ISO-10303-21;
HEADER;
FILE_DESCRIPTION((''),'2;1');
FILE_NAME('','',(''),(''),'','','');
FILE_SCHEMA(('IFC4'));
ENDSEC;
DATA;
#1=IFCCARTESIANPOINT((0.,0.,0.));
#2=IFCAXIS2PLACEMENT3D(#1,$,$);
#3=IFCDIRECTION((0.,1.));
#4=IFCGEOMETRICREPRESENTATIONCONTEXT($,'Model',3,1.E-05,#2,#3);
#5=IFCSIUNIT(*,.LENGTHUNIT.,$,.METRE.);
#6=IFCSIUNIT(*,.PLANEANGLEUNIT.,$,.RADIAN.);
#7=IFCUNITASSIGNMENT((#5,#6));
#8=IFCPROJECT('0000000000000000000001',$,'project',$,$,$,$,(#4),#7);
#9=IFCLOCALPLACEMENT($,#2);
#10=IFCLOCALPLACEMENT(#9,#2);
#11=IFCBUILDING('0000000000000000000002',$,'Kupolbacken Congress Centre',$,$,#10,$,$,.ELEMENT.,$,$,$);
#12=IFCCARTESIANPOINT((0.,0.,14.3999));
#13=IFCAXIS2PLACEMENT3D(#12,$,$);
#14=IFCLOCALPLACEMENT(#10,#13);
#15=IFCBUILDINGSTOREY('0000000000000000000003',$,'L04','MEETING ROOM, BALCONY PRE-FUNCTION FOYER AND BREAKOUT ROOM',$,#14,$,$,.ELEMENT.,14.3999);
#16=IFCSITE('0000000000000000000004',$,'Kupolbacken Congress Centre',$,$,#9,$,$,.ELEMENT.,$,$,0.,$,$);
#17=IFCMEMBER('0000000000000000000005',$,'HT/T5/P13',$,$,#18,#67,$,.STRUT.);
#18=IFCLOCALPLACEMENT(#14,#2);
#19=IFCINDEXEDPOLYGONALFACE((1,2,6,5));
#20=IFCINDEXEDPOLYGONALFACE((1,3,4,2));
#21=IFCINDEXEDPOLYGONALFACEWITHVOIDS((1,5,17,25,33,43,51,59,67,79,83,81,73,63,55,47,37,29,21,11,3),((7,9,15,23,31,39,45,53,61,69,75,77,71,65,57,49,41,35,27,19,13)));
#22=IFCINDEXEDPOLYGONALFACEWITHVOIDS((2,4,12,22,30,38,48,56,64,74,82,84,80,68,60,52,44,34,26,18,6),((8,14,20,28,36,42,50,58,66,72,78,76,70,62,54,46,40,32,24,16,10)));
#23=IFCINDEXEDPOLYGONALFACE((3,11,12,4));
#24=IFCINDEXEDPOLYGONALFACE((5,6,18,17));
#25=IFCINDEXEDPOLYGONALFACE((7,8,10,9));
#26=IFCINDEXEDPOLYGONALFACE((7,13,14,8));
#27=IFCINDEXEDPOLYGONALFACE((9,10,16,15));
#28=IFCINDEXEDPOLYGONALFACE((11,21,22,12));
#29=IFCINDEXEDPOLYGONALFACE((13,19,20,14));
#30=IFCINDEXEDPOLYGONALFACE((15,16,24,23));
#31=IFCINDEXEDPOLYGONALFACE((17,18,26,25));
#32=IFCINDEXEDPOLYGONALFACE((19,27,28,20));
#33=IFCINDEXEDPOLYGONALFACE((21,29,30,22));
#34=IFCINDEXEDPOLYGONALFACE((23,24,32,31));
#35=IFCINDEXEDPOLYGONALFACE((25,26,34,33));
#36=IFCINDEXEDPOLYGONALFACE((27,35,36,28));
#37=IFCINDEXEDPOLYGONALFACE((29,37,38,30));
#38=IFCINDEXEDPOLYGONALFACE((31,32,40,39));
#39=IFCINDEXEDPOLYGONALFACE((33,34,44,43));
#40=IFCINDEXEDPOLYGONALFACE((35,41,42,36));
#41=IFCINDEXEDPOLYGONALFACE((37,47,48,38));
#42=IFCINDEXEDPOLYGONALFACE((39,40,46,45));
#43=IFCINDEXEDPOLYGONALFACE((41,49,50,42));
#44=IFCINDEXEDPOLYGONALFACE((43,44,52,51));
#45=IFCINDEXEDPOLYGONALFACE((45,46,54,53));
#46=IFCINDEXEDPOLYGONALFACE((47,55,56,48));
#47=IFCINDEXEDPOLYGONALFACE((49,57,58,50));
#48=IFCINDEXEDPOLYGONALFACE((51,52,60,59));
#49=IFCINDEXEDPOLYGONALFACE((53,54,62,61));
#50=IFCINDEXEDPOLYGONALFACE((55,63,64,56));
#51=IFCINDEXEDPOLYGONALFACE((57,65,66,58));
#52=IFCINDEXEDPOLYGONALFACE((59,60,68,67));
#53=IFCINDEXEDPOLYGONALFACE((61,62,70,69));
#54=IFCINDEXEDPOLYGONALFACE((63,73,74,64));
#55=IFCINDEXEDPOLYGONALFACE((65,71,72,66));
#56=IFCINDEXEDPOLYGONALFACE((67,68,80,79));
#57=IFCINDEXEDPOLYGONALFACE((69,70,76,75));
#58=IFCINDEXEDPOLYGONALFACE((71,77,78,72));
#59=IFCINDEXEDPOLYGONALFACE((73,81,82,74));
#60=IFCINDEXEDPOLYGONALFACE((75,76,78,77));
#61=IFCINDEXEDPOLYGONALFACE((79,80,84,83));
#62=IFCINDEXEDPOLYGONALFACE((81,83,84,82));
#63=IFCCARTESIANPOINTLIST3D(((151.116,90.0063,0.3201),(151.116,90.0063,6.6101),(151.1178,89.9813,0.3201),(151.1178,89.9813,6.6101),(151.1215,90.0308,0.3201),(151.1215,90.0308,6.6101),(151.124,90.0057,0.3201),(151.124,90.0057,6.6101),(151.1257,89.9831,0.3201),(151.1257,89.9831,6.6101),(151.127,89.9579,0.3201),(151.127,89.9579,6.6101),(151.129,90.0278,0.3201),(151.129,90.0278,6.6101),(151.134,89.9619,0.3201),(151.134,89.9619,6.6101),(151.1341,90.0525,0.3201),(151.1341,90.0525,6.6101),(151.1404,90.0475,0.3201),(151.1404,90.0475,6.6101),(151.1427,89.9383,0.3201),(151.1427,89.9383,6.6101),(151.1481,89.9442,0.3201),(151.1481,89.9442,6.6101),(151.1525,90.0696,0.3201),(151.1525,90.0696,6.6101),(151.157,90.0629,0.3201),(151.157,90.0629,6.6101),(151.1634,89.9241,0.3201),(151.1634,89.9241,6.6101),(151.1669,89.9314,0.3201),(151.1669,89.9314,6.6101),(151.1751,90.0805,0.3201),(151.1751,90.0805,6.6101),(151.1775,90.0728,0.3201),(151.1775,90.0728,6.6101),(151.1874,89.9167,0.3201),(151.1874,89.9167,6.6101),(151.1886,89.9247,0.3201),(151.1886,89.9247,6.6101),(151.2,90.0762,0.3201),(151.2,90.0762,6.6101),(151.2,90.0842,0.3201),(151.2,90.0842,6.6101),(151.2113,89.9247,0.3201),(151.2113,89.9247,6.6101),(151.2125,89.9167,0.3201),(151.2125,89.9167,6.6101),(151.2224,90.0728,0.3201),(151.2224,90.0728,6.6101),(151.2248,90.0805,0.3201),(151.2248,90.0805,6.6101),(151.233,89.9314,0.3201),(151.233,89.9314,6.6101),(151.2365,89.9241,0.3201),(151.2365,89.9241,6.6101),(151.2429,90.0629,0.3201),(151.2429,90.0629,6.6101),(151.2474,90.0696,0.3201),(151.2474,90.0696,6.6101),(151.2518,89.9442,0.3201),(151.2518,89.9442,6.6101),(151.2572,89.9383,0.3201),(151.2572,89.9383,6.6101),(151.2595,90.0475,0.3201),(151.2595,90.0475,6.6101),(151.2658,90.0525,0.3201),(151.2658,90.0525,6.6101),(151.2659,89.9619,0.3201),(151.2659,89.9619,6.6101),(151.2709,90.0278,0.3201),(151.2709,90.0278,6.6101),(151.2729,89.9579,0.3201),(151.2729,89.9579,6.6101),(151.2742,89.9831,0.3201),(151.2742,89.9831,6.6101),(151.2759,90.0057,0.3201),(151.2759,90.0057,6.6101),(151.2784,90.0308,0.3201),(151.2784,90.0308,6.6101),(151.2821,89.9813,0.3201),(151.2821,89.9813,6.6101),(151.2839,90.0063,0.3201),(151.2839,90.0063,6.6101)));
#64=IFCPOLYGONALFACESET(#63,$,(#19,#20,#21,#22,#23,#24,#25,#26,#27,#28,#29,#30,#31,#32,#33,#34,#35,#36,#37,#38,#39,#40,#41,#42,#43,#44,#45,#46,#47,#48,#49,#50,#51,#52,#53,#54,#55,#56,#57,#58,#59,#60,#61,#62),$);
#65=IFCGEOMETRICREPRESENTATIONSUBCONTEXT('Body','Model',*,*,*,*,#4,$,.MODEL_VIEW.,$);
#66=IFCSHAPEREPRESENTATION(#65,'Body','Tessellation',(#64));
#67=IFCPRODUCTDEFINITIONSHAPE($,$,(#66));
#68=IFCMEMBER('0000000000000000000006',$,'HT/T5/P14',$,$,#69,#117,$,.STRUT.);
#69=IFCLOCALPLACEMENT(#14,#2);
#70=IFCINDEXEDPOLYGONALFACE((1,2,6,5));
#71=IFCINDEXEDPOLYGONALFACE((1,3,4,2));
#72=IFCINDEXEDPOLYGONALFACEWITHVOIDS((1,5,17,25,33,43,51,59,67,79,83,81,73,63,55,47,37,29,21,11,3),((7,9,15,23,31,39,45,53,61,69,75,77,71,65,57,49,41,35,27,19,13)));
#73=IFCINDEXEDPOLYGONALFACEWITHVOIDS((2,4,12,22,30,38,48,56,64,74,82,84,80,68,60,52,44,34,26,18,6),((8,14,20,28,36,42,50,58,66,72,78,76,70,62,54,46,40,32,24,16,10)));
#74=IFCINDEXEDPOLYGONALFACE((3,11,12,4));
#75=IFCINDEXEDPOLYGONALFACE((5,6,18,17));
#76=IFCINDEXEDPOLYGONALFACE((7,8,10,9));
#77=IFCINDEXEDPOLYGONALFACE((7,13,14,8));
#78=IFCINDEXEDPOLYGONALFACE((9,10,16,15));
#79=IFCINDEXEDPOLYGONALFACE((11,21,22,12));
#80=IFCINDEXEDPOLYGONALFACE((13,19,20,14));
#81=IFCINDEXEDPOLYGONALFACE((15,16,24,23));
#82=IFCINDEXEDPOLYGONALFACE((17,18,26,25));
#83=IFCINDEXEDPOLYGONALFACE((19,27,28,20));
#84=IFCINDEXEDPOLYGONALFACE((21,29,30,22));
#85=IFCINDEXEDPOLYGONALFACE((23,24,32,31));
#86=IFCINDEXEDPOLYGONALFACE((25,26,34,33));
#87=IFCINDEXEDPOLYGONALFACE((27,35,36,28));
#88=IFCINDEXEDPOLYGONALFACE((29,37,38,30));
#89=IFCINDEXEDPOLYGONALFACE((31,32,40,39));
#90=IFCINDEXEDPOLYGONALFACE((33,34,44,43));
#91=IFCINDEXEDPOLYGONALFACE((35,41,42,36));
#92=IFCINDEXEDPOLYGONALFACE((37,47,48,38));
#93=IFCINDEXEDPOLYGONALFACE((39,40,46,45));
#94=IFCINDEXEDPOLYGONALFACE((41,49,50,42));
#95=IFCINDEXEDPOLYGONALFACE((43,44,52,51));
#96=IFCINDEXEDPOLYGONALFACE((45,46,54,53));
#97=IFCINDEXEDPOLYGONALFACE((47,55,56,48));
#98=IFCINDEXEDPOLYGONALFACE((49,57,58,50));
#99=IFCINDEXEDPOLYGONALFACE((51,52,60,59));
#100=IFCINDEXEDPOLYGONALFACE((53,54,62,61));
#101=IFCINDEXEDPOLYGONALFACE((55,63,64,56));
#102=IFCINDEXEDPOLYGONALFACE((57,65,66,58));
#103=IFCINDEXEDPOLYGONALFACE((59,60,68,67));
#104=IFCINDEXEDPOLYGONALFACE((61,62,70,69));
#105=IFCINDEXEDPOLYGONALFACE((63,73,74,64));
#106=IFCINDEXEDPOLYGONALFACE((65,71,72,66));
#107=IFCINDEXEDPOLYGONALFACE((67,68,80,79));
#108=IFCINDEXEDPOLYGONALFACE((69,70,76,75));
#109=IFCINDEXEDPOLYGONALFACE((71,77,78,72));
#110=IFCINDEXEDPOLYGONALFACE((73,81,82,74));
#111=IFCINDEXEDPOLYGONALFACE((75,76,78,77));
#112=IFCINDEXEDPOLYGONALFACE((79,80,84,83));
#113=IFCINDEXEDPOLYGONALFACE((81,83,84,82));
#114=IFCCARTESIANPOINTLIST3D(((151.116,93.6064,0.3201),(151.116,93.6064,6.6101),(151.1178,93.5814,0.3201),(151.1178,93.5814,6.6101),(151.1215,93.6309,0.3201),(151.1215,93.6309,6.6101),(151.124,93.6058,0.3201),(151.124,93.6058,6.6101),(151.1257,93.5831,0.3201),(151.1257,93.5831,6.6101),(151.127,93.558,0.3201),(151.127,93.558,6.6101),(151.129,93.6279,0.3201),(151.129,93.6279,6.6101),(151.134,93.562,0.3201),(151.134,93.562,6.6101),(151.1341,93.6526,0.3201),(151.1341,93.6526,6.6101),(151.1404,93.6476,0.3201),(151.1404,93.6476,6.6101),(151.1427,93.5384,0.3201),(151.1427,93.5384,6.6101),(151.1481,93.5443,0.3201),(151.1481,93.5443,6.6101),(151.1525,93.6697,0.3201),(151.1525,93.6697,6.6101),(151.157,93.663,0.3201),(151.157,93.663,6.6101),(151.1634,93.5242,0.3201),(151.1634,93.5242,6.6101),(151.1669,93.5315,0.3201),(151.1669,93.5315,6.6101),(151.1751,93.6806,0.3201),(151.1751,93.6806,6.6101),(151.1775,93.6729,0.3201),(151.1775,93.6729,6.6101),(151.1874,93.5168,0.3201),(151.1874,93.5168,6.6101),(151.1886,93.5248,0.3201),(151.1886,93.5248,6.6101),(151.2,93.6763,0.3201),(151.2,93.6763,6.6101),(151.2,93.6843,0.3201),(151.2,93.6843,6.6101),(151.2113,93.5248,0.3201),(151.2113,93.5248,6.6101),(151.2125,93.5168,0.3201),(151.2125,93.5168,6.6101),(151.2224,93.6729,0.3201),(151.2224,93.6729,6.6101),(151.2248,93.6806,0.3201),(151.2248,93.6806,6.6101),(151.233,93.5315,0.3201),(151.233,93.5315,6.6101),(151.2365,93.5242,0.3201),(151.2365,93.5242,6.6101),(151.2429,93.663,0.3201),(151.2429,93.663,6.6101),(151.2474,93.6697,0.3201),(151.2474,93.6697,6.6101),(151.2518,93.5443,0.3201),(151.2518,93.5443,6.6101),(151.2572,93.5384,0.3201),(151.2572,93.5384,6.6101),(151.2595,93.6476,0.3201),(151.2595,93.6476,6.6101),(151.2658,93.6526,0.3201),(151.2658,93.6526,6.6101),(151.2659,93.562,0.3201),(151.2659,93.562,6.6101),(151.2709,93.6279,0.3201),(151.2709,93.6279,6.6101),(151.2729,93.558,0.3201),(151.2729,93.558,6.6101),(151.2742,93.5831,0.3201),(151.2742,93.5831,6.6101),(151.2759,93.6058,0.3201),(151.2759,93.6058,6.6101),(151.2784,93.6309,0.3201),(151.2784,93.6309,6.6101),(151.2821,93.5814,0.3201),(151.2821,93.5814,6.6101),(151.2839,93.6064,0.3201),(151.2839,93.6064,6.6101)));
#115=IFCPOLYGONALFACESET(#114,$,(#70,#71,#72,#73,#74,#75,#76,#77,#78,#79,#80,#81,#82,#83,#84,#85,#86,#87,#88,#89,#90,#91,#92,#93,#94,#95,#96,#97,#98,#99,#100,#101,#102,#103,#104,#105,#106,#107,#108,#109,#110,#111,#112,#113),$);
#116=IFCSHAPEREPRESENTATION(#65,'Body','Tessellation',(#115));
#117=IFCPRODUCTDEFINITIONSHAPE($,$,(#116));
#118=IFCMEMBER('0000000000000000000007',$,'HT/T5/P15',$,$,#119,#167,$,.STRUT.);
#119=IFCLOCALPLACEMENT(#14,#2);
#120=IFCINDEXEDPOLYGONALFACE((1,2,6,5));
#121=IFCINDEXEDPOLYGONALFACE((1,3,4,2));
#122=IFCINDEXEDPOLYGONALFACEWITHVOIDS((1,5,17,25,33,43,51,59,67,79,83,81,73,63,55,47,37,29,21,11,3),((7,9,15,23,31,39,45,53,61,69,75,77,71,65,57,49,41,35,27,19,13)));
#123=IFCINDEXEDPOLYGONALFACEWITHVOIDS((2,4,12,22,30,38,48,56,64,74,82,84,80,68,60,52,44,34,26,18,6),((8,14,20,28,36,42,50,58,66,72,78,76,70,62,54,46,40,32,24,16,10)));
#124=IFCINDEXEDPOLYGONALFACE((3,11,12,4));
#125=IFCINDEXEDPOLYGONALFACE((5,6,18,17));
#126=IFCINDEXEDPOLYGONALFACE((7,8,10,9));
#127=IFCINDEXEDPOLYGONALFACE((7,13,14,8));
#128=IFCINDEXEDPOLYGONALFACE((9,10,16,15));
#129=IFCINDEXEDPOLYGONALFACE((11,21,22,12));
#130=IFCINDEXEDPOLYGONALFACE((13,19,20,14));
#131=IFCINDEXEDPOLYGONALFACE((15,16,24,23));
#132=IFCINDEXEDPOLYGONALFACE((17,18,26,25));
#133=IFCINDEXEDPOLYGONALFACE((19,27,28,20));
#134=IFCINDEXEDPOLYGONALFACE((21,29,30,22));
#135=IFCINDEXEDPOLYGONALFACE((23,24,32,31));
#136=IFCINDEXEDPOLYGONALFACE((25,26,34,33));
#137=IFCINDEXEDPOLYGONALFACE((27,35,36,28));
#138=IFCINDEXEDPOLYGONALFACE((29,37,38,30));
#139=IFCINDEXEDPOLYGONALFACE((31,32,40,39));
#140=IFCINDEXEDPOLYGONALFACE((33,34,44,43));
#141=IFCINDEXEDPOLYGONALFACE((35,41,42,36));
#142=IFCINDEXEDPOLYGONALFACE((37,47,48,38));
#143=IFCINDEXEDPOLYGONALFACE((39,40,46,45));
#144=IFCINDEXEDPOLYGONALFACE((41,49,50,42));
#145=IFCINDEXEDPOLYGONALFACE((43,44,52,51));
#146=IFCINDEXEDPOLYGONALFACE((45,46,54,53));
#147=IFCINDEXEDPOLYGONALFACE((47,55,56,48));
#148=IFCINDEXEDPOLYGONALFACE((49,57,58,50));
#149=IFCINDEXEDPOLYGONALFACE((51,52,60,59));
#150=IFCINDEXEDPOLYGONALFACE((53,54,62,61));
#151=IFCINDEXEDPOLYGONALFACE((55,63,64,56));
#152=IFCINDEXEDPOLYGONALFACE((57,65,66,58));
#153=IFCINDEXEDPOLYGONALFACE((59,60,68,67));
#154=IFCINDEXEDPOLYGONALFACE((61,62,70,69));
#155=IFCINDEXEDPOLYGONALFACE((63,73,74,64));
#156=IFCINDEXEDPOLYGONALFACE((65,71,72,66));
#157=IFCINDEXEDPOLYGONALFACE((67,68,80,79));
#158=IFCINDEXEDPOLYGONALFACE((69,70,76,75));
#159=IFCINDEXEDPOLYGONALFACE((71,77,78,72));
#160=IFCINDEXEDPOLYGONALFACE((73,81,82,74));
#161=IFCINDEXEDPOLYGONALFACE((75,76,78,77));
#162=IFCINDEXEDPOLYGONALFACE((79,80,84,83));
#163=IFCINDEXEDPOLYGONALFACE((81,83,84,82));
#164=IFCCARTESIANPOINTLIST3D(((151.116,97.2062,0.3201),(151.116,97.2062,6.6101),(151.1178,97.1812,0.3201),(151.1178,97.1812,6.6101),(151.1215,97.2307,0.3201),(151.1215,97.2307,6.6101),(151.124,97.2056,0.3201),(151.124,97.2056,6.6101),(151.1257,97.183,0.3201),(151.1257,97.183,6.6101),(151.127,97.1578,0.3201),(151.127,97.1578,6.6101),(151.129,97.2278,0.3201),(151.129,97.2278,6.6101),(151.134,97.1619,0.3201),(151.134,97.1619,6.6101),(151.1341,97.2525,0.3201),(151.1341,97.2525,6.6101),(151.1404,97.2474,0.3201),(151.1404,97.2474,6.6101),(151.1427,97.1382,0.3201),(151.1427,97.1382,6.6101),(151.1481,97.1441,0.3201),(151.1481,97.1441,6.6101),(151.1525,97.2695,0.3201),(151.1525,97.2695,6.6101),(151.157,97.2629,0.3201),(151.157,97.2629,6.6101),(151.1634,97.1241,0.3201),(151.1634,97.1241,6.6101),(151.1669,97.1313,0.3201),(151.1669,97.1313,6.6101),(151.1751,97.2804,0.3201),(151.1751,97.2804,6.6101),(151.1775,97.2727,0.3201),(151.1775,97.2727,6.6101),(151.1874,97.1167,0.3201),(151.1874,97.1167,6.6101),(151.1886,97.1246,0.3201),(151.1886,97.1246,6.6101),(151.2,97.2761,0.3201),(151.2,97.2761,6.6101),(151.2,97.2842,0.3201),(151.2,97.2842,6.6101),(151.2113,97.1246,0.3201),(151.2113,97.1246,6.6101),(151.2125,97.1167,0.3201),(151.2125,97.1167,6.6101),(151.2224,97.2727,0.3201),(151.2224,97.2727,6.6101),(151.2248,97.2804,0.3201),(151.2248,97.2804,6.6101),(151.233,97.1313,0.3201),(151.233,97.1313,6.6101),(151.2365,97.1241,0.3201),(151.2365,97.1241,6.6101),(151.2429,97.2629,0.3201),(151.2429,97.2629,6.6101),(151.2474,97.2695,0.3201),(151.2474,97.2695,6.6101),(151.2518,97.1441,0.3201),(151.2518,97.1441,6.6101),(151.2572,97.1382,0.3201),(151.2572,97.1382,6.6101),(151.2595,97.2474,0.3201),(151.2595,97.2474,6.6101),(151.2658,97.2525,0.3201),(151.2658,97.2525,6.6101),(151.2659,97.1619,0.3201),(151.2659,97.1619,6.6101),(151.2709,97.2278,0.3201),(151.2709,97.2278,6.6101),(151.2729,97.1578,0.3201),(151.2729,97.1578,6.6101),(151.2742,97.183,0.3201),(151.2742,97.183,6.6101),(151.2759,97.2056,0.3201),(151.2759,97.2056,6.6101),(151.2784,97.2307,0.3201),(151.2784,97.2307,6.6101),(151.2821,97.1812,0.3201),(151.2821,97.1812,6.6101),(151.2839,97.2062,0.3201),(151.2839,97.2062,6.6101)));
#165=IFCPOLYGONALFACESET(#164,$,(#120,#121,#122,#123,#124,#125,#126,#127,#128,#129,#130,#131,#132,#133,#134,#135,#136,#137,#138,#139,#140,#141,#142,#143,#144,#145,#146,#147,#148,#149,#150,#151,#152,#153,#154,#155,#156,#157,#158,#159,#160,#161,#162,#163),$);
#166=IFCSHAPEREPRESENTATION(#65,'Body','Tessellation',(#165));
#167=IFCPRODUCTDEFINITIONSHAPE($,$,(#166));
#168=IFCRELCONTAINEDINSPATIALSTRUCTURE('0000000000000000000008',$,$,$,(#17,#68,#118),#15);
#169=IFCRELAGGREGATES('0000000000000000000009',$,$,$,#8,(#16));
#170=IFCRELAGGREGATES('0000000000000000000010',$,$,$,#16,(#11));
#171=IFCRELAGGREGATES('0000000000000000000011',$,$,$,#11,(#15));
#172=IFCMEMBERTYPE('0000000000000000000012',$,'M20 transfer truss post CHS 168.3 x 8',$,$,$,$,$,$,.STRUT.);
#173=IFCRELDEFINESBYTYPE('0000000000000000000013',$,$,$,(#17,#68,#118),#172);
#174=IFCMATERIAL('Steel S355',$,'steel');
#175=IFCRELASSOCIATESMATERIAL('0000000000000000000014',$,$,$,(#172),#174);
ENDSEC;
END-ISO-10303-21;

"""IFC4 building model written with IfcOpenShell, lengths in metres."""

from ifc_helpers import new_model, si_unit, direction, frame, origin, origin_2d, place, context, subcontext, project, spatial, hollow_circle, extrude, material, material_profile, profile_set, type_object, element, save


model = new_model("IFC4")

# Units and contexts
model_context = context("Model", 3, precision=1e-05, world=origin(), true_north=direction((0.0, 1.0)))
body_context = subcontext(model_context, "Body", "Model", "MODEL_VIEW")
ifc_project = project(units=[si_unit("LENGTHUNIT", "METRE"), si_unit("PLANEANGLEUNIT", "RADIAN")], contexts=[model_context])

# Site, building, storey
site_placement = place(None, origin())
site = spatial("IfcSite", under=ifc_project, at=site_placement, Name="Kupolbacken Congress Centre", CompositionType="ELEMENT", RefElevation=0.0)
building_placement = place(site_placement, origin())
building = spatial("IfcBuilding", under=site, at=building_placement, Name="Kupolbacken Congress Centre", CompositionType="ELEMENT")
storey_placement = place(building_placement, frame((0.0, 0.0, 14.3999)))
storey = spatial("IfcBuildingStorey", under=building, at=storey_placement, Name="L04", Description="MEETING ROOM, BALCONY PRE-FUNCTION FOYER AND BREAKOUT ROOM", CompositionType="ELEMENT", Elevation=14.3999)

# Members
ifc_material_1 = material(Name="Steel S355", Category="steel")
ifc_material_profile_1 = material_profile(ifc_material_1, hollow_circle(Radius=0.0842, WallThickness=0.0081, at=origin_2d()), Name="CHS 168.3 x 8")
ifc_profile_set_1 = profile_set([ifc_material_profile_1], Name="Steel S355")
member_type_1 = type_object("IfcMemberType", Name="M20 transfer truss post CHS 168.3 x 8", PredefinedType="STRUT", material=ifc_profile_set_1)
for number, where, z_axis, x_axis, name in (
    (1, (151.2, 90.0, 0.3201), (0.0, 0.0, 1.0), (0.0, 1.0, 0.0), "HT/T5/P13"),
    (2, (151.2, 93.6001, 0.3201), (0.0, 0.0, 1.0), (0.0, 1.0, 0.0), "HT/T5/P14"),
    (3, (151.2, 97.2, 0.3201), (0.0, 0.0, 1.0), (0.0, 1.0, 0.0), "HT/T5/P15"),
):
    element("IfcMember", number, at=place(storey_placement, frame(where, z_axis=z_axis, x_axis=x_axis)), inside=storey, type_object=member_type_1, Name=name, PredefinedType="STRUT", context=body_context, shape_type="SweptSolid", body=[
        extrude(hollow_circle(Radius=0.0842, WallThickness=0.0081, at=origin_2d()), origin(), (0.0, 0.0, 1.0), 6.29),
    ])

save(model, "model.ifc")
